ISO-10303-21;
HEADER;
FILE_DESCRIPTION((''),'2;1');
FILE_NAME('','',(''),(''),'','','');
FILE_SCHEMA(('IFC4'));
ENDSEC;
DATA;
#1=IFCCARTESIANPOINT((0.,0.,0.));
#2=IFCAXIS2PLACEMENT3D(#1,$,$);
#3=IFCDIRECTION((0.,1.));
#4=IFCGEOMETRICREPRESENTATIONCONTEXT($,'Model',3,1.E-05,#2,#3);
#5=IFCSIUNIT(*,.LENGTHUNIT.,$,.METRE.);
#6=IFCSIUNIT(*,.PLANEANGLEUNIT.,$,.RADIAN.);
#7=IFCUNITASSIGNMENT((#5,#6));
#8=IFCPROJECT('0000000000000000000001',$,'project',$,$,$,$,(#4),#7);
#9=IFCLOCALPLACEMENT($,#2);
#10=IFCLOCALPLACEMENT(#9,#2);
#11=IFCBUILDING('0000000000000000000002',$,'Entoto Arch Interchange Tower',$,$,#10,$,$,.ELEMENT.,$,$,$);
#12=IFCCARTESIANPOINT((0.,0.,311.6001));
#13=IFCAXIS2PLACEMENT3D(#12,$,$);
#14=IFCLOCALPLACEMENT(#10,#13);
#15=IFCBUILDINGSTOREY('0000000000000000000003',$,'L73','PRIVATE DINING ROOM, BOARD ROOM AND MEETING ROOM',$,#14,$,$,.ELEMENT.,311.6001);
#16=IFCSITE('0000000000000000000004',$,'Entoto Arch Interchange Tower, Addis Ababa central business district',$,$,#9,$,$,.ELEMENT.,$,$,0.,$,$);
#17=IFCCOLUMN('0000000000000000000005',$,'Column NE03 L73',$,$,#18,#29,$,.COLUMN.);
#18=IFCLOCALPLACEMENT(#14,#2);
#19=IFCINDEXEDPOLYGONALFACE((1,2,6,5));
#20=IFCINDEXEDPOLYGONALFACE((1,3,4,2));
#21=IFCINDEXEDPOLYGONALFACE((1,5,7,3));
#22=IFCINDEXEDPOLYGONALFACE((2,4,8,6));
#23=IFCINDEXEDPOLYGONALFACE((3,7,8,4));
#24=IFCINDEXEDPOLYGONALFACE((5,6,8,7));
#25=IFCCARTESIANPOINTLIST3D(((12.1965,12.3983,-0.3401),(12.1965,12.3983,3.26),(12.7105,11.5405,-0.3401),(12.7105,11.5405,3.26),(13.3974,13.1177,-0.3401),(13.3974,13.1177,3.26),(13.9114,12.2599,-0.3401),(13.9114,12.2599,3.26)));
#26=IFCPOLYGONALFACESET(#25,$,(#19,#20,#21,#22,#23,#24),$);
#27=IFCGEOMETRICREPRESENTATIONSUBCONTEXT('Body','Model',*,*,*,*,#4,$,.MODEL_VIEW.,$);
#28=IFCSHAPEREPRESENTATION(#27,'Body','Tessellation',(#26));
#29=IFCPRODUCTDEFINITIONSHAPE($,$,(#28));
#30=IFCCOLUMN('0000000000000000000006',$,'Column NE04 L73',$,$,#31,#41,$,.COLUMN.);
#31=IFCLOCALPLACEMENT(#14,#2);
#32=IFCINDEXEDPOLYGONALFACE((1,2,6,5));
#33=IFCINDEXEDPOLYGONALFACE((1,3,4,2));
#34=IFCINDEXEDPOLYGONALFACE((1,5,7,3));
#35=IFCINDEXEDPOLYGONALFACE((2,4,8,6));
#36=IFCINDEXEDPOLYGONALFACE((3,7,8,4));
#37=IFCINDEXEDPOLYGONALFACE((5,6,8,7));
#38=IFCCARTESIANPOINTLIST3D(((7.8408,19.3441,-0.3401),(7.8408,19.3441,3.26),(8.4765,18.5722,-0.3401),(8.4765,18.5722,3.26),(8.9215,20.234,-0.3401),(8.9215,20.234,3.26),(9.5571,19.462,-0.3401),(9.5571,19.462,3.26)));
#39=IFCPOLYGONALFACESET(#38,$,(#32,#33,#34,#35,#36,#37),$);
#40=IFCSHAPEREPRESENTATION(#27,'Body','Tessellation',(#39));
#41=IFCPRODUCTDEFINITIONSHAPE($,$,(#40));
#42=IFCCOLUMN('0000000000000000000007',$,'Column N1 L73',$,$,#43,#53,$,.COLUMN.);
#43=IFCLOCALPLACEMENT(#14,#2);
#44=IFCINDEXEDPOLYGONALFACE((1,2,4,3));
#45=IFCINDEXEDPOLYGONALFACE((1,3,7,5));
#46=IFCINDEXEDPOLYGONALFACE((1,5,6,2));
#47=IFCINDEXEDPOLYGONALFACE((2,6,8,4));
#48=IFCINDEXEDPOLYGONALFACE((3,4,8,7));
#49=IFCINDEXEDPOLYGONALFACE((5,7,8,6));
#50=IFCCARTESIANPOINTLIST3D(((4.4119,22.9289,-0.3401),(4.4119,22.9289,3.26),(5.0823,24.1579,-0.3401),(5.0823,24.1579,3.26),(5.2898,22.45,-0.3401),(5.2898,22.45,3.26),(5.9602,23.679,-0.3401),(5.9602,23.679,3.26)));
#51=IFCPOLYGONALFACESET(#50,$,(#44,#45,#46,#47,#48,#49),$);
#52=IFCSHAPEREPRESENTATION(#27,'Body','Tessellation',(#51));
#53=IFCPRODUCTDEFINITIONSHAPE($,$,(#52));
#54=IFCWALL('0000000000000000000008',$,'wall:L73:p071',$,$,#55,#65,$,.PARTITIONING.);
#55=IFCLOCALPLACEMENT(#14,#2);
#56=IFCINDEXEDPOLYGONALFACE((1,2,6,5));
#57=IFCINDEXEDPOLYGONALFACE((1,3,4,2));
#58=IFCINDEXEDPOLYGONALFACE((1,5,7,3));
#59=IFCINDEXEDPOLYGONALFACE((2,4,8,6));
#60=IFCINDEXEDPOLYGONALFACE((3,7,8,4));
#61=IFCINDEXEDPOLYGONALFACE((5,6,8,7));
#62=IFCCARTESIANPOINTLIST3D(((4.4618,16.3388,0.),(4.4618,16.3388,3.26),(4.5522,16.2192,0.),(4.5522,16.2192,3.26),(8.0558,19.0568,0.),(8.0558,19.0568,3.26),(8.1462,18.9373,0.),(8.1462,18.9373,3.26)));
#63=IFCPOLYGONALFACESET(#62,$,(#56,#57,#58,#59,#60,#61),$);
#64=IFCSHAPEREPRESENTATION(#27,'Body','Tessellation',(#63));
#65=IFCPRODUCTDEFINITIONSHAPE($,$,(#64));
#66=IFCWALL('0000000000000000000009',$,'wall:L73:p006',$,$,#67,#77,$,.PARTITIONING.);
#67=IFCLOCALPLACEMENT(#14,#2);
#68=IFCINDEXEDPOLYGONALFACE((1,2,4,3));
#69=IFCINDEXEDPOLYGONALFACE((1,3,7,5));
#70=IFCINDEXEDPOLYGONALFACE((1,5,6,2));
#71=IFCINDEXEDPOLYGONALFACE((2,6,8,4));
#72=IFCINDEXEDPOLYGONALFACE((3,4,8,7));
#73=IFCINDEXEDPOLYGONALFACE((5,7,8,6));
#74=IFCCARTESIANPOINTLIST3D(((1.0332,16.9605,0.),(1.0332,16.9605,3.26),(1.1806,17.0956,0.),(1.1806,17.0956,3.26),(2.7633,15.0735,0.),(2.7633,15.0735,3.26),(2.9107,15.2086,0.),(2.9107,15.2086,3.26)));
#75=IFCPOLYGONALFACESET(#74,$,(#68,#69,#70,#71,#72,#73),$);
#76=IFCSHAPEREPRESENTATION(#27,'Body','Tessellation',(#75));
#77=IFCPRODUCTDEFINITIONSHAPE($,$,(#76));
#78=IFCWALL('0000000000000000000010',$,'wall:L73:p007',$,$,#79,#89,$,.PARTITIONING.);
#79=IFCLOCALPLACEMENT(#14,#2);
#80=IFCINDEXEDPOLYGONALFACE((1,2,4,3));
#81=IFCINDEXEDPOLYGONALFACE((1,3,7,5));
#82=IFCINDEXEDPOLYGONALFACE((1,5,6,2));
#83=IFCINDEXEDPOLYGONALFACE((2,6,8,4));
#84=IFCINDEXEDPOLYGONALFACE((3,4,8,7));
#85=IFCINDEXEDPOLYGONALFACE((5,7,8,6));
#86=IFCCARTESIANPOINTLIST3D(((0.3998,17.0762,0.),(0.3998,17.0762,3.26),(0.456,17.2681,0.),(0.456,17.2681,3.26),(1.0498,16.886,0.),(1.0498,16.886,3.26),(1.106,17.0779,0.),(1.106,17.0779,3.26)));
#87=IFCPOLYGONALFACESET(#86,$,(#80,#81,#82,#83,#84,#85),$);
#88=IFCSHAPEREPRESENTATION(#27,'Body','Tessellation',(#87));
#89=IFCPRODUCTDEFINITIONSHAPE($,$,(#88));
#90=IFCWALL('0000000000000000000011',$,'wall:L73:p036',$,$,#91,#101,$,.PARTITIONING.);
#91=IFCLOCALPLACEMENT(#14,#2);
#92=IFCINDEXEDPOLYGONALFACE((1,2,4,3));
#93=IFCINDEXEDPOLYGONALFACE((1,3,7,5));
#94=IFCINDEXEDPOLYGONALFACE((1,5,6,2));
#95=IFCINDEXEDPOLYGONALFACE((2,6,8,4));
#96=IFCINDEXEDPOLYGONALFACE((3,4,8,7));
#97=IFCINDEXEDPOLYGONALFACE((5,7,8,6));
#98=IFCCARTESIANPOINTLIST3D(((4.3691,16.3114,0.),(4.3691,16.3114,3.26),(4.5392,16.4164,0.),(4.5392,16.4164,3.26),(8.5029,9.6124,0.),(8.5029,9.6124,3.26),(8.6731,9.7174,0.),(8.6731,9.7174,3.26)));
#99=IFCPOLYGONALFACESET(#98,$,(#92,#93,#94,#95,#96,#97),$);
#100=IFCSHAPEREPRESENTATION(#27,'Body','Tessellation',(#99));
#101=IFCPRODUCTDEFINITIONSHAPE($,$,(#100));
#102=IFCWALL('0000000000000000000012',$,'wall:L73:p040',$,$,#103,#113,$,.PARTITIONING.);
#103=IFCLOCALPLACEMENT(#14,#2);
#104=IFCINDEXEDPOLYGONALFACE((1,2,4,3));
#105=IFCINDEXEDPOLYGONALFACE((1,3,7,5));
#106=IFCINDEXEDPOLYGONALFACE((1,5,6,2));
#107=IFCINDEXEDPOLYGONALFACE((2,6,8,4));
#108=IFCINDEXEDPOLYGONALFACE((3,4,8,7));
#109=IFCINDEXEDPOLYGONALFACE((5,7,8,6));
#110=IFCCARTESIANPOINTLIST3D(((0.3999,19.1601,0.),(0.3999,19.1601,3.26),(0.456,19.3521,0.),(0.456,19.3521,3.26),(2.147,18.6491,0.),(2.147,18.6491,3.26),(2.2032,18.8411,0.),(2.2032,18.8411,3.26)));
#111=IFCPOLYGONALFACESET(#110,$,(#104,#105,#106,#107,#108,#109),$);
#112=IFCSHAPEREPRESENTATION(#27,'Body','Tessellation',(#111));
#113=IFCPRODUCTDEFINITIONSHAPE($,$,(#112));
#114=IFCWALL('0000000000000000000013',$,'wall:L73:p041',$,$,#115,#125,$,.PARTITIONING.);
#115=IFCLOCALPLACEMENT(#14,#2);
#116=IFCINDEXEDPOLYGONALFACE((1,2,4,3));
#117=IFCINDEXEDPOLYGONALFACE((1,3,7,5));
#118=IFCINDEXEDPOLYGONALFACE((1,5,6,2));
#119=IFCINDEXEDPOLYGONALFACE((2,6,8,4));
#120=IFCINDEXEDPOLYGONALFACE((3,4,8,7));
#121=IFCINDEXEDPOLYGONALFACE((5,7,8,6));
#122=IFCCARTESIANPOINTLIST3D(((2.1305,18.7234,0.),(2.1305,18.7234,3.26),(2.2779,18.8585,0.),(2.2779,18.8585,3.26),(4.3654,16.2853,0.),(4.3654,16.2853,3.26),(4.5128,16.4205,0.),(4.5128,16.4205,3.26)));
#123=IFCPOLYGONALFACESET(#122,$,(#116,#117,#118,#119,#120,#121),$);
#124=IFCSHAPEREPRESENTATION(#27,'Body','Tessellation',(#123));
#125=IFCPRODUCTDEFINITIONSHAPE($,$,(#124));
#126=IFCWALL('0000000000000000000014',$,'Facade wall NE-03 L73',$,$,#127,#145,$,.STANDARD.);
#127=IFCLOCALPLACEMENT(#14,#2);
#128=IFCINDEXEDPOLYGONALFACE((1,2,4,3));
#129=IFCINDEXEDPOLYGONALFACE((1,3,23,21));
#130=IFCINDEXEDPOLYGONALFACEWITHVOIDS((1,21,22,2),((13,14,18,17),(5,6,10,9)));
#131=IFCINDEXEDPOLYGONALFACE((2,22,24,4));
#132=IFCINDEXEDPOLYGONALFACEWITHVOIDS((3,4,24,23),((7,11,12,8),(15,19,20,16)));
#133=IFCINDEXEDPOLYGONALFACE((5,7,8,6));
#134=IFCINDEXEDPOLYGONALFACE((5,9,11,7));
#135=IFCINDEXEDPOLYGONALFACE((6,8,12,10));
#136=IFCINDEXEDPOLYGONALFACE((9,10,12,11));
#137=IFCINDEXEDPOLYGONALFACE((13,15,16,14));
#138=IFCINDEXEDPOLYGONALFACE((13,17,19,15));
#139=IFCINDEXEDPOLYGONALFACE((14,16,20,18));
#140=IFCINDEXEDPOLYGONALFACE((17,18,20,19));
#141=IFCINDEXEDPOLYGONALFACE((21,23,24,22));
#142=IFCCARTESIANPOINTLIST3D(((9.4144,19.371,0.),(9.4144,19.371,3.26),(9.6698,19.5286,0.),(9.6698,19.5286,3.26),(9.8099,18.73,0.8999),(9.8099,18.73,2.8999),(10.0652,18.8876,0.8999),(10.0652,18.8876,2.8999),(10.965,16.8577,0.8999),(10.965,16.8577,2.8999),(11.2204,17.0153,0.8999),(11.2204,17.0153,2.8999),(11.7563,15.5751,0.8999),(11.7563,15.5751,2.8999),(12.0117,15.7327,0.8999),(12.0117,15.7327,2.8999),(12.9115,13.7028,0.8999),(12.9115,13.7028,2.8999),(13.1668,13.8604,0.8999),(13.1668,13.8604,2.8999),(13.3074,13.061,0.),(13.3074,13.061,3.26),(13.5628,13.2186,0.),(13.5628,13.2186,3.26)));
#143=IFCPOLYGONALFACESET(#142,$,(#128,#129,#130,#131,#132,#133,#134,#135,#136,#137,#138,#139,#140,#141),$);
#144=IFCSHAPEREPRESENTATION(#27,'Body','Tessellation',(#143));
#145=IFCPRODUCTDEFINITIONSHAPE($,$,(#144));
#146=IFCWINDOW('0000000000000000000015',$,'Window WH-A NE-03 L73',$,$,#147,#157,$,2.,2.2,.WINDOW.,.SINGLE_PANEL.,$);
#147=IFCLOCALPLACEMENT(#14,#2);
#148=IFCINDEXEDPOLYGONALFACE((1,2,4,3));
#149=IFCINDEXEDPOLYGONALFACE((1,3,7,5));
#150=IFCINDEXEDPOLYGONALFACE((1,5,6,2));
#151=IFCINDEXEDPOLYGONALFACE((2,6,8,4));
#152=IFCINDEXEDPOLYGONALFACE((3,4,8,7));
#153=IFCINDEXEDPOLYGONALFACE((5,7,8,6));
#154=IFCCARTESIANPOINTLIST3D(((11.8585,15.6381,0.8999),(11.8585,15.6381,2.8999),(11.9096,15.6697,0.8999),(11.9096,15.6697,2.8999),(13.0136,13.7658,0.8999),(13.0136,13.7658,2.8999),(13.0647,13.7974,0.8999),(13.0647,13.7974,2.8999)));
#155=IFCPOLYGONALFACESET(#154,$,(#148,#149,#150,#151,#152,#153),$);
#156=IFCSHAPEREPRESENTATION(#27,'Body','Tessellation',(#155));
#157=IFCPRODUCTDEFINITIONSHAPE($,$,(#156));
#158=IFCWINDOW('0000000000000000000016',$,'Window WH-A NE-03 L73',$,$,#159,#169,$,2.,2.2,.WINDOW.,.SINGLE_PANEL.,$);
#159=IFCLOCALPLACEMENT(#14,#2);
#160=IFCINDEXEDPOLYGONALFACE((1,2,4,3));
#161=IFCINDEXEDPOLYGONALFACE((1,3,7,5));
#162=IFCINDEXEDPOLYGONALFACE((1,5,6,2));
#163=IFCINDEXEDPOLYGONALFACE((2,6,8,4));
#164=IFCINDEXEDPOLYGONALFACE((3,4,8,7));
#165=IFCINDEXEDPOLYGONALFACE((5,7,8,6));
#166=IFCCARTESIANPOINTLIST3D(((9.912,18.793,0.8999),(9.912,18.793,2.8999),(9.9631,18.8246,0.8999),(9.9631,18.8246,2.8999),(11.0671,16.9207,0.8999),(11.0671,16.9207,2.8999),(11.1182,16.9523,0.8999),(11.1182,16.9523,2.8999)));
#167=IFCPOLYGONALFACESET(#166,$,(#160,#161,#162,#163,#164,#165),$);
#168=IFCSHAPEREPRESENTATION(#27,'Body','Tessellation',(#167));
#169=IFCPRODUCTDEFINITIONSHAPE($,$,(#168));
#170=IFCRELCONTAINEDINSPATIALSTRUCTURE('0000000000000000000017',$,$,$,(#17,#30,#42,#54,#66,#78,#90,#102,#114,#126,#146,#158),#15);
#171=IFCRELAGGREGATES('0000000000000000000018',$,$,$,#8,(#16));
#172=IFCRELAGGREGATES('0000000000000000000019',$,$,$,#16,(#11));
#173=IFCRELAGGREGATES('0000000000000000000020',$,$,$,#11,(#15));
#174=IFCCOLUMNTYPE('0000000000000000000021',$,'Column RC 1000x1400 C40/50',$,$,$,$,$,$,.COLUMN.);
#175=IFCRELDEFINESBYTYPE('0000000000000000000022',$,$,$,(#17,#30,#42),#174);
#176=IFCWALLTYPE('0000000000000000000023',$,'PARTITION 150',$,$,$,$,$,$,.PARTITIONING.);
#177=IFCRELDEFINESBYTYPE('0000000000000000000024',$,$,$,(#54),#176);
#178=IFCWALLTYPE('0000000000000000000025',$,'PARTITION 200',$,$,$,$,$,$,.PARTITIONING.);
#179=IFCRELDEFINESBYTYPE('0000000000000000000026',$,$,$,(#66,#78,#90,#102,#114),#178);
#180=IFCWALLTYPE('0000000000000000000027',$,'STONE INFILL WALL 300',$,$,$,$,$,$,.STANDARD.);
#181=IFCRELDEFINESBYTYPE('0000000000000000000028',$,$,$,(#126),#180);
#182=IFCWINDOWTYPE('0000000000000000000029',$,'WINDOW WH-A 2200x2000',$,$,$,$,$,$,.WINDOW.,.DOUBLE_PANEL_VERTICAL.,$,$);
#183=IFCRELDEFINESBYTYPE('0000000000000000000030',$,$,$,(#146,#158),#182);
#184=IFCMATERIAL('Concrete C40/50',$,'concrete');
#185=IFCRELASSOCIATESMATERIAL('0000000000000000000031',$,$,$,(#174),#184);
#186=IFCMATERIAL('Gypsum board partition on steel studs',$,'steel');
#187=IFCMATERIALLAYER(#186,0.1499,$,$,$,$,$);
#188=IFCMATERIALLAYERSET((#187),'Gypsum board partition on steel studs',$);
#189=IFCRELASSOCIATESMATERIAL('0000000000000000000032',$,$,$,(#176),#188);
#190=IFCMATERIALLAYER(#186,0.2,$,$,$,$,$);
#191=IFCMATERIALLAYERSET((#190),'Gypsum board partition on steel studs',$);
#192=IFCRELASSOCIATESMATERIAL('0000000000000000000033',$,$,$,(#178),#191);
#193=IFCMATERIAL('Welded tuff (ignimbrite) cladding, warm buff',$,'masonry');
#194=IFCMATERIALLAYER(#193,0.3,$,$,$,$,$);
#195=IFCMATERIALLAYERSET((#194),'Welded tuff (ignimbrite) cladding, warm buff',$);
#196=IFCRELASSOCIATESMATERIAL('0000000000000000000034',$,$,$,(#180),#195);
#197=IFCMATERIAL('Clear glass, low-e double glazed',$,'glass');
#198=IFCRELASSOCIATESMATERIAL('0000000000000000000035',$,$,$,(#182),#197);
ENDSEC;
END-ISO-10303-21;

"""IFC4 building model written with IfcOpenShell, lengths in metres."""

from ifc_helpers import new_model, si_unit, direction, frame, frame_2d, origin, origin_2d, place, context, subcontext, project, spatial, rectangle, extrude, material, layer, layer_set, material_profile, profile_set, type_object, element, fill, save


model = new_model("IFC4")

# Units and contexts
model_context = context("Model", 3, precision=1e-05, world=origin(), true_north=direction((0.0, 1.0)))
body_context = subcontext(model_context, "Body", "Model", "MODEL_VIEW")
ifc_project = project(units=[si_unit("LENGTHUNIT", "METRE"), si_unit("PLANEANGLEUNIT", "RADIAN")], contexts=[model_context])

# Site, building, storey
site_placement = place(None, origin())
site = spatial("IfcSite", under=ifc_project, at=site_placement, Name="Entoto Arch Interchange Tower, Addis Ababa central business district", CompositionType="ELEMENT", RefElevation=0.0)
building_placement = place(site_placement, origin())
building = spatial("IfcBuilding", under=site, at=building_placement, Name="Entoto Arch Interchange Tower", CompositionType="ELEMENT")
storey_placement = place(building_placement, frame((0.0, 0.0, 311.6001)))
storey = spatial("IfcBuildingStorey", under=building, at=storey_placement, Name="L73", Description="PRIVATE DINING ROOM, BOARD ROOM AND MEETING ROOM", CompositionType="ELEMENT", Elevation=311.6001)

# Columns
ifc_material_1 = material(Name="Concrete C40/50", Category="concrete")
ifc_material_profile = material_profile(ifc_material_1, rectangle(XDim=1.0, YDim=1.3999, at=origin_2d()))
ifc_profile_set = profile_set([ifc_material_profile], Name="Concrete C40/50")
column_type = type_object("IfcColumnType", Name="Column RC 1000x1400 C40/50", PredefinedType="COLUMN", material=ifc_profile_set)
for number, where, z_axis, x_axis, name in (
    (1, (13.054, 12.3291, -0.3401), (0.0, 0.0, 1.0), (-0.513946, 0.857823, 0.0), "Column NE03 L73"),
    (2, (8.699, 19.4031, -0.3401), (0.0, 0.0, 1.0), (-0.635647, 0.77198, 0.0), "Column NE04 L73"),
    (3, (5.186, 23.304, -0.3401), (0.0, 0.0, 1.0), (-0.877899, 0.478845, 0.0), "Column N1 L73"),
):
    element("IfcColumn", number, at=place(storey_placement, frame(where, z_axis=z_axis, x_axis=x_axis)), inside=storey, type_object=column_type, Name=name, PredefinedType="COLUMN", context=body_context, shape_type="SweptSolid", body=[
        extrude(rectangle(XDim=1.0, YDim=1.3999, at=origin_2d()), origin(), (0.0, 0.0, 1.0), 3.6001),
    ])

# Walls
ifc_material_2 = material(Name="Gypsum board partition on steel studs", Category="steel")
ifc_layer_1 = layer(ifc_material_2, 0.1499)
ifc_layer_set_1 = layer_set([ifc_layer_1], Name="Gypsum board partition on steel studs")
wall_type_1 = type_object("IfcWallType", Name="PARTITION 150", PredefinedType="PARTITIONING", material=ifc_layer_set_1)
wall_1_placement = place(storey_placement, frame((4.5071, 16.2791, 0.0), z_axis=(0.0, 0.0, 1.0), x_axis=(0.797594, 0.603194, 0.0)))
element("IfcWall", 4, at=wall_1_placement, inside=storey, type_object=wall_type_1, Name="wall:L73:p071", PredefinedType="PARTITIONING", context=body_context, shape_type="SweptSolid", body=[
    extrude(rectangle(XDim=4.5061, YDim=0.1499, at=frame_2d((2.2529, 0.0))), origin(), (0.0, 0.0, 1.0), 3.26),
])
ifc_layer_2 = layer(ifc_material_2, 0.2)
ifc_layer_set_2 = layer_set([ifc_layer_2], Name="Gypsum board partition on steel studs")
wall_type_2 = type_object("IfcWallType", Name="PARTITION 200", PredefinedType="PARTITIONING", material=ifc_layer_set_2)
wall_2_placement = place(storey_placement, frame((1.1069, 17.0281, 0.0), z_axis=(0.0, 0.0, 1.0), x_axis=(0.675781, -0.737103, 0.0)))
element("IfcWall", 5, at=wall_2_placement, inside=storey, type_object=wall_type_2, Name="wall:L73:p006", PredefinedType="PARTITIONING", context=body_context, shape_type="SweptSolid", body=[
    extrude(rectangle(XDim=2.5601, YDim=0.2, at=frame_2d((1.28, 0.0))), origin(), (0.0, 0.0, 1.0), 3.26),
])
wall_3_placement = place(storey_placement, frame((1.0779, 16.9819, 0.0), z_axis=(0.0, 0.0, 1.0), x_axis=(-0.959749, 0.280858, 0.0)))
element("IfcWall", 6, at=wall_3_placement, inside=storey, type_object=wall_type_2, Name="wall:L73:p007", PredefinedType="PARTITIONING", context=body_context, shape_type="SweptSolid", body=[
    extrude(rectangle(XDim=0.6772, YDim=0.2, at=frame_2d((0.3386, 0.0))), origin(), (0.0, 0.0, 1.0), 3.26),
])
wall_4_placement = place(storey_placement, frame((4.4541, 16.364, 0.0), z_axis=(0.0, 0.0, 1.0), x_axis=(0.525142, -0.851014, 0.0)))
element("IfcWall", 7, at=wall_4_placement, inside=storey, type_object=wall_type_2, Name="wall:L73:p036", PredefinedType="PARTITIONING", context=body_context, shape_type="SweptSolid", body=[
    extrude(rectangle(XDim=7.8718, YDim=0.2, at=frame_2d((3.936, 0.0))), origin(), (0.0, 0.0, 1.0), 3.26),
])
wall_5_placement = place(storey_placement, frame((0.428, 19.2561, 0.0), z_axis=(0.0, 0.0, 1.0), x_axis=(0.959789, -0.280721, 0.0)))
element("IfcWall", 8, at=wall_5_placement, inside=storey, type_object=wall_type_2, Name="wall:L73:p040", PredefinedType="PARTITIONING", context=body_context, shape_type="SweptSolid", body=[
    extrude(rectangle(XDim=1.8203, YDim=0.2, at=frame_2d((0.9102, 0.0))), origin(), (0.0, 0.0, 1.0), 3.26),
])
wall_6_placement = place(storey_placement, frame((2.2041, 18.791, 0.0), z_axis=(0.0, 0.0, 1.0), x_axis=(0.675731, -0.737148, 0.0)))
element("IfcWall", 9, at=wall_6_placement, inside=storey, type_object=wall_type_2, Name="wall:L73:p041", PredefinedType="PARTITIONING", context=body_context, shape_type="SweptSolid", body=[
    extrude(rectangle(XDim=3.3074, YDim=0.2, at=frame_2d((1.6538, 0.0))), origin(), (0.0, 0.0, 1.0), 3.26),
])

# Wall, openings, windows
ifc_material_3 = material(Name="Welded tuff (ignimbrite) cladding, warm buff", Category="masonry")
ifc_layer_3 = layer(ifc_material_3, 0.3)
ifc_layer_set_3 = layer_set([ifc_layer_3], Name="Welded tuff (ignimbrite) cladding, warm buff")
wall_type_3 = type_object("IfcWallType", Name="STONE INFILL WALL 300", PredefinedType="STANDARD", material=ifc_layer_set_3)
wall_7_placement = place(storey_placement, frame((13.4351, 13.1399, 0.0), z_axis=(0.0, 0.0, 1.0), x_axis=(-0.525071, 0.851059, 0.0)))
wall_7 = element("IfcWall", 10, at=wall_7_placement, inside=storey, type_object=wall_type_3, Name="Facade wall NE-03 L73", PredefinedType="STANDARD", context=body_context, shape_type="SweptSolid", body=[
    extrude(rectangle(XDim=7.4143, YDim=0.3, at=frame_2d((3.707, 0.0))), origin(), (0.0, 0.0, 1.0), 3.26),
])
opening_1_placement = place(wall_7_placement, frame((0.7539, 0.0, 0.8999)))
opening_1 = element("IfcOpeningElement", 11, at=opening_1_placement, cuts=wall_7, PredefinedType="OPENING", context=body_context, shape_type="SweptSolid", body=[
    extrude(rectangle(XDim=2.2, YDim=2.0, at=frame_2d((1.1001, 1.0))), frame((0.0, 0.1602, 0.0), z_axis=(0.0, -1.0, 0.0), x_axis=(1.0, 0.0, 0.0)), (0.0, 0.0, 1.0), 0.3201),
])
opening_2_placement = place(wall_7_placement, frame((4.4609, 0.0, 0.8999)))
opening_2 = element("IfcOpeningElement", 12, at=opening_2_placement, cuts=wall_7, PredefinedType="OPENING", context=body_context, shape_type="SweptSolid", body=[
    extrude(rectangle(XDim=2.2, YDim=2.0, at=frame_2d((1.1001, 1.0))), frame((0.0, 0.1602, 0.0), z_axis=(0.0, -1.0, 0.0), x_axis=(1.0, 0.0, 0.0)), (0.0, 0.0, 1.0), 0.3201),
])
ifc_material_4 = material(Name="Clear glass, low-e double glazed", Category="glass")
window_type_1 = type_object("IfcWindowType", Name="WINDOW WH-A 2200x2000", PartitioningType="DOUBLE_PANEL_VERTICAL", PredefinedType="WINDOW", material=ifc_material_4)
window_1_placement = place(opening_1_placement, origin())
window_1 = element("IfcWindow", 13, at=window_1_placement, inside=storey, type_object=window_type_1, Name="Window WH-A NE-03 L73", OverallHeight=2.0, OverallWidth=2.2, PartitioningType="SINGLE_PANEL", PredefinedType="WINDOW", context=body_context, shape_type="SweptSolid", body=[
    extrude(rectangle(XDim=2.2, YDim=2.0, at=frame_2d((1.1001, 1.0))), frame((0.0, 0.03, 0.0), z_axis=(0.0, -1.0, 0.0), x_axis=(1.0, 0.0, 0.0)), (0.0, 0.0, 1.0), 0.0601),
])
fill(opening_1, window_1)
window_2_placement = place(opening_2_placement, origin())
window_2 = element("IfcWindow", 14, at=window_2_placement, inside=storey, type_object=window_type_1, Name="Window WH-A NE-03 L73", OverallHeight=2.0, OverallWidth=2.2, PartitioningType="SINGLE_PANEL", PredefinedType="WINDOW", context=body_context, shape_type="SweptSolid", body=[
    extrude(rectangle(XDim=2.2, YDim=2.0, at=frame_2d((1.1001, 1.0))), frame((0.0, 0.03, 0.0), z_axis=(0.0, -1.0, 0.0), x_axis=(1.0, 0.0, 0.0)), (0.0, 0.0, 1.0), 0.0601),
])
fill(opening_2, window_2)

save(model, "model.ifc")
